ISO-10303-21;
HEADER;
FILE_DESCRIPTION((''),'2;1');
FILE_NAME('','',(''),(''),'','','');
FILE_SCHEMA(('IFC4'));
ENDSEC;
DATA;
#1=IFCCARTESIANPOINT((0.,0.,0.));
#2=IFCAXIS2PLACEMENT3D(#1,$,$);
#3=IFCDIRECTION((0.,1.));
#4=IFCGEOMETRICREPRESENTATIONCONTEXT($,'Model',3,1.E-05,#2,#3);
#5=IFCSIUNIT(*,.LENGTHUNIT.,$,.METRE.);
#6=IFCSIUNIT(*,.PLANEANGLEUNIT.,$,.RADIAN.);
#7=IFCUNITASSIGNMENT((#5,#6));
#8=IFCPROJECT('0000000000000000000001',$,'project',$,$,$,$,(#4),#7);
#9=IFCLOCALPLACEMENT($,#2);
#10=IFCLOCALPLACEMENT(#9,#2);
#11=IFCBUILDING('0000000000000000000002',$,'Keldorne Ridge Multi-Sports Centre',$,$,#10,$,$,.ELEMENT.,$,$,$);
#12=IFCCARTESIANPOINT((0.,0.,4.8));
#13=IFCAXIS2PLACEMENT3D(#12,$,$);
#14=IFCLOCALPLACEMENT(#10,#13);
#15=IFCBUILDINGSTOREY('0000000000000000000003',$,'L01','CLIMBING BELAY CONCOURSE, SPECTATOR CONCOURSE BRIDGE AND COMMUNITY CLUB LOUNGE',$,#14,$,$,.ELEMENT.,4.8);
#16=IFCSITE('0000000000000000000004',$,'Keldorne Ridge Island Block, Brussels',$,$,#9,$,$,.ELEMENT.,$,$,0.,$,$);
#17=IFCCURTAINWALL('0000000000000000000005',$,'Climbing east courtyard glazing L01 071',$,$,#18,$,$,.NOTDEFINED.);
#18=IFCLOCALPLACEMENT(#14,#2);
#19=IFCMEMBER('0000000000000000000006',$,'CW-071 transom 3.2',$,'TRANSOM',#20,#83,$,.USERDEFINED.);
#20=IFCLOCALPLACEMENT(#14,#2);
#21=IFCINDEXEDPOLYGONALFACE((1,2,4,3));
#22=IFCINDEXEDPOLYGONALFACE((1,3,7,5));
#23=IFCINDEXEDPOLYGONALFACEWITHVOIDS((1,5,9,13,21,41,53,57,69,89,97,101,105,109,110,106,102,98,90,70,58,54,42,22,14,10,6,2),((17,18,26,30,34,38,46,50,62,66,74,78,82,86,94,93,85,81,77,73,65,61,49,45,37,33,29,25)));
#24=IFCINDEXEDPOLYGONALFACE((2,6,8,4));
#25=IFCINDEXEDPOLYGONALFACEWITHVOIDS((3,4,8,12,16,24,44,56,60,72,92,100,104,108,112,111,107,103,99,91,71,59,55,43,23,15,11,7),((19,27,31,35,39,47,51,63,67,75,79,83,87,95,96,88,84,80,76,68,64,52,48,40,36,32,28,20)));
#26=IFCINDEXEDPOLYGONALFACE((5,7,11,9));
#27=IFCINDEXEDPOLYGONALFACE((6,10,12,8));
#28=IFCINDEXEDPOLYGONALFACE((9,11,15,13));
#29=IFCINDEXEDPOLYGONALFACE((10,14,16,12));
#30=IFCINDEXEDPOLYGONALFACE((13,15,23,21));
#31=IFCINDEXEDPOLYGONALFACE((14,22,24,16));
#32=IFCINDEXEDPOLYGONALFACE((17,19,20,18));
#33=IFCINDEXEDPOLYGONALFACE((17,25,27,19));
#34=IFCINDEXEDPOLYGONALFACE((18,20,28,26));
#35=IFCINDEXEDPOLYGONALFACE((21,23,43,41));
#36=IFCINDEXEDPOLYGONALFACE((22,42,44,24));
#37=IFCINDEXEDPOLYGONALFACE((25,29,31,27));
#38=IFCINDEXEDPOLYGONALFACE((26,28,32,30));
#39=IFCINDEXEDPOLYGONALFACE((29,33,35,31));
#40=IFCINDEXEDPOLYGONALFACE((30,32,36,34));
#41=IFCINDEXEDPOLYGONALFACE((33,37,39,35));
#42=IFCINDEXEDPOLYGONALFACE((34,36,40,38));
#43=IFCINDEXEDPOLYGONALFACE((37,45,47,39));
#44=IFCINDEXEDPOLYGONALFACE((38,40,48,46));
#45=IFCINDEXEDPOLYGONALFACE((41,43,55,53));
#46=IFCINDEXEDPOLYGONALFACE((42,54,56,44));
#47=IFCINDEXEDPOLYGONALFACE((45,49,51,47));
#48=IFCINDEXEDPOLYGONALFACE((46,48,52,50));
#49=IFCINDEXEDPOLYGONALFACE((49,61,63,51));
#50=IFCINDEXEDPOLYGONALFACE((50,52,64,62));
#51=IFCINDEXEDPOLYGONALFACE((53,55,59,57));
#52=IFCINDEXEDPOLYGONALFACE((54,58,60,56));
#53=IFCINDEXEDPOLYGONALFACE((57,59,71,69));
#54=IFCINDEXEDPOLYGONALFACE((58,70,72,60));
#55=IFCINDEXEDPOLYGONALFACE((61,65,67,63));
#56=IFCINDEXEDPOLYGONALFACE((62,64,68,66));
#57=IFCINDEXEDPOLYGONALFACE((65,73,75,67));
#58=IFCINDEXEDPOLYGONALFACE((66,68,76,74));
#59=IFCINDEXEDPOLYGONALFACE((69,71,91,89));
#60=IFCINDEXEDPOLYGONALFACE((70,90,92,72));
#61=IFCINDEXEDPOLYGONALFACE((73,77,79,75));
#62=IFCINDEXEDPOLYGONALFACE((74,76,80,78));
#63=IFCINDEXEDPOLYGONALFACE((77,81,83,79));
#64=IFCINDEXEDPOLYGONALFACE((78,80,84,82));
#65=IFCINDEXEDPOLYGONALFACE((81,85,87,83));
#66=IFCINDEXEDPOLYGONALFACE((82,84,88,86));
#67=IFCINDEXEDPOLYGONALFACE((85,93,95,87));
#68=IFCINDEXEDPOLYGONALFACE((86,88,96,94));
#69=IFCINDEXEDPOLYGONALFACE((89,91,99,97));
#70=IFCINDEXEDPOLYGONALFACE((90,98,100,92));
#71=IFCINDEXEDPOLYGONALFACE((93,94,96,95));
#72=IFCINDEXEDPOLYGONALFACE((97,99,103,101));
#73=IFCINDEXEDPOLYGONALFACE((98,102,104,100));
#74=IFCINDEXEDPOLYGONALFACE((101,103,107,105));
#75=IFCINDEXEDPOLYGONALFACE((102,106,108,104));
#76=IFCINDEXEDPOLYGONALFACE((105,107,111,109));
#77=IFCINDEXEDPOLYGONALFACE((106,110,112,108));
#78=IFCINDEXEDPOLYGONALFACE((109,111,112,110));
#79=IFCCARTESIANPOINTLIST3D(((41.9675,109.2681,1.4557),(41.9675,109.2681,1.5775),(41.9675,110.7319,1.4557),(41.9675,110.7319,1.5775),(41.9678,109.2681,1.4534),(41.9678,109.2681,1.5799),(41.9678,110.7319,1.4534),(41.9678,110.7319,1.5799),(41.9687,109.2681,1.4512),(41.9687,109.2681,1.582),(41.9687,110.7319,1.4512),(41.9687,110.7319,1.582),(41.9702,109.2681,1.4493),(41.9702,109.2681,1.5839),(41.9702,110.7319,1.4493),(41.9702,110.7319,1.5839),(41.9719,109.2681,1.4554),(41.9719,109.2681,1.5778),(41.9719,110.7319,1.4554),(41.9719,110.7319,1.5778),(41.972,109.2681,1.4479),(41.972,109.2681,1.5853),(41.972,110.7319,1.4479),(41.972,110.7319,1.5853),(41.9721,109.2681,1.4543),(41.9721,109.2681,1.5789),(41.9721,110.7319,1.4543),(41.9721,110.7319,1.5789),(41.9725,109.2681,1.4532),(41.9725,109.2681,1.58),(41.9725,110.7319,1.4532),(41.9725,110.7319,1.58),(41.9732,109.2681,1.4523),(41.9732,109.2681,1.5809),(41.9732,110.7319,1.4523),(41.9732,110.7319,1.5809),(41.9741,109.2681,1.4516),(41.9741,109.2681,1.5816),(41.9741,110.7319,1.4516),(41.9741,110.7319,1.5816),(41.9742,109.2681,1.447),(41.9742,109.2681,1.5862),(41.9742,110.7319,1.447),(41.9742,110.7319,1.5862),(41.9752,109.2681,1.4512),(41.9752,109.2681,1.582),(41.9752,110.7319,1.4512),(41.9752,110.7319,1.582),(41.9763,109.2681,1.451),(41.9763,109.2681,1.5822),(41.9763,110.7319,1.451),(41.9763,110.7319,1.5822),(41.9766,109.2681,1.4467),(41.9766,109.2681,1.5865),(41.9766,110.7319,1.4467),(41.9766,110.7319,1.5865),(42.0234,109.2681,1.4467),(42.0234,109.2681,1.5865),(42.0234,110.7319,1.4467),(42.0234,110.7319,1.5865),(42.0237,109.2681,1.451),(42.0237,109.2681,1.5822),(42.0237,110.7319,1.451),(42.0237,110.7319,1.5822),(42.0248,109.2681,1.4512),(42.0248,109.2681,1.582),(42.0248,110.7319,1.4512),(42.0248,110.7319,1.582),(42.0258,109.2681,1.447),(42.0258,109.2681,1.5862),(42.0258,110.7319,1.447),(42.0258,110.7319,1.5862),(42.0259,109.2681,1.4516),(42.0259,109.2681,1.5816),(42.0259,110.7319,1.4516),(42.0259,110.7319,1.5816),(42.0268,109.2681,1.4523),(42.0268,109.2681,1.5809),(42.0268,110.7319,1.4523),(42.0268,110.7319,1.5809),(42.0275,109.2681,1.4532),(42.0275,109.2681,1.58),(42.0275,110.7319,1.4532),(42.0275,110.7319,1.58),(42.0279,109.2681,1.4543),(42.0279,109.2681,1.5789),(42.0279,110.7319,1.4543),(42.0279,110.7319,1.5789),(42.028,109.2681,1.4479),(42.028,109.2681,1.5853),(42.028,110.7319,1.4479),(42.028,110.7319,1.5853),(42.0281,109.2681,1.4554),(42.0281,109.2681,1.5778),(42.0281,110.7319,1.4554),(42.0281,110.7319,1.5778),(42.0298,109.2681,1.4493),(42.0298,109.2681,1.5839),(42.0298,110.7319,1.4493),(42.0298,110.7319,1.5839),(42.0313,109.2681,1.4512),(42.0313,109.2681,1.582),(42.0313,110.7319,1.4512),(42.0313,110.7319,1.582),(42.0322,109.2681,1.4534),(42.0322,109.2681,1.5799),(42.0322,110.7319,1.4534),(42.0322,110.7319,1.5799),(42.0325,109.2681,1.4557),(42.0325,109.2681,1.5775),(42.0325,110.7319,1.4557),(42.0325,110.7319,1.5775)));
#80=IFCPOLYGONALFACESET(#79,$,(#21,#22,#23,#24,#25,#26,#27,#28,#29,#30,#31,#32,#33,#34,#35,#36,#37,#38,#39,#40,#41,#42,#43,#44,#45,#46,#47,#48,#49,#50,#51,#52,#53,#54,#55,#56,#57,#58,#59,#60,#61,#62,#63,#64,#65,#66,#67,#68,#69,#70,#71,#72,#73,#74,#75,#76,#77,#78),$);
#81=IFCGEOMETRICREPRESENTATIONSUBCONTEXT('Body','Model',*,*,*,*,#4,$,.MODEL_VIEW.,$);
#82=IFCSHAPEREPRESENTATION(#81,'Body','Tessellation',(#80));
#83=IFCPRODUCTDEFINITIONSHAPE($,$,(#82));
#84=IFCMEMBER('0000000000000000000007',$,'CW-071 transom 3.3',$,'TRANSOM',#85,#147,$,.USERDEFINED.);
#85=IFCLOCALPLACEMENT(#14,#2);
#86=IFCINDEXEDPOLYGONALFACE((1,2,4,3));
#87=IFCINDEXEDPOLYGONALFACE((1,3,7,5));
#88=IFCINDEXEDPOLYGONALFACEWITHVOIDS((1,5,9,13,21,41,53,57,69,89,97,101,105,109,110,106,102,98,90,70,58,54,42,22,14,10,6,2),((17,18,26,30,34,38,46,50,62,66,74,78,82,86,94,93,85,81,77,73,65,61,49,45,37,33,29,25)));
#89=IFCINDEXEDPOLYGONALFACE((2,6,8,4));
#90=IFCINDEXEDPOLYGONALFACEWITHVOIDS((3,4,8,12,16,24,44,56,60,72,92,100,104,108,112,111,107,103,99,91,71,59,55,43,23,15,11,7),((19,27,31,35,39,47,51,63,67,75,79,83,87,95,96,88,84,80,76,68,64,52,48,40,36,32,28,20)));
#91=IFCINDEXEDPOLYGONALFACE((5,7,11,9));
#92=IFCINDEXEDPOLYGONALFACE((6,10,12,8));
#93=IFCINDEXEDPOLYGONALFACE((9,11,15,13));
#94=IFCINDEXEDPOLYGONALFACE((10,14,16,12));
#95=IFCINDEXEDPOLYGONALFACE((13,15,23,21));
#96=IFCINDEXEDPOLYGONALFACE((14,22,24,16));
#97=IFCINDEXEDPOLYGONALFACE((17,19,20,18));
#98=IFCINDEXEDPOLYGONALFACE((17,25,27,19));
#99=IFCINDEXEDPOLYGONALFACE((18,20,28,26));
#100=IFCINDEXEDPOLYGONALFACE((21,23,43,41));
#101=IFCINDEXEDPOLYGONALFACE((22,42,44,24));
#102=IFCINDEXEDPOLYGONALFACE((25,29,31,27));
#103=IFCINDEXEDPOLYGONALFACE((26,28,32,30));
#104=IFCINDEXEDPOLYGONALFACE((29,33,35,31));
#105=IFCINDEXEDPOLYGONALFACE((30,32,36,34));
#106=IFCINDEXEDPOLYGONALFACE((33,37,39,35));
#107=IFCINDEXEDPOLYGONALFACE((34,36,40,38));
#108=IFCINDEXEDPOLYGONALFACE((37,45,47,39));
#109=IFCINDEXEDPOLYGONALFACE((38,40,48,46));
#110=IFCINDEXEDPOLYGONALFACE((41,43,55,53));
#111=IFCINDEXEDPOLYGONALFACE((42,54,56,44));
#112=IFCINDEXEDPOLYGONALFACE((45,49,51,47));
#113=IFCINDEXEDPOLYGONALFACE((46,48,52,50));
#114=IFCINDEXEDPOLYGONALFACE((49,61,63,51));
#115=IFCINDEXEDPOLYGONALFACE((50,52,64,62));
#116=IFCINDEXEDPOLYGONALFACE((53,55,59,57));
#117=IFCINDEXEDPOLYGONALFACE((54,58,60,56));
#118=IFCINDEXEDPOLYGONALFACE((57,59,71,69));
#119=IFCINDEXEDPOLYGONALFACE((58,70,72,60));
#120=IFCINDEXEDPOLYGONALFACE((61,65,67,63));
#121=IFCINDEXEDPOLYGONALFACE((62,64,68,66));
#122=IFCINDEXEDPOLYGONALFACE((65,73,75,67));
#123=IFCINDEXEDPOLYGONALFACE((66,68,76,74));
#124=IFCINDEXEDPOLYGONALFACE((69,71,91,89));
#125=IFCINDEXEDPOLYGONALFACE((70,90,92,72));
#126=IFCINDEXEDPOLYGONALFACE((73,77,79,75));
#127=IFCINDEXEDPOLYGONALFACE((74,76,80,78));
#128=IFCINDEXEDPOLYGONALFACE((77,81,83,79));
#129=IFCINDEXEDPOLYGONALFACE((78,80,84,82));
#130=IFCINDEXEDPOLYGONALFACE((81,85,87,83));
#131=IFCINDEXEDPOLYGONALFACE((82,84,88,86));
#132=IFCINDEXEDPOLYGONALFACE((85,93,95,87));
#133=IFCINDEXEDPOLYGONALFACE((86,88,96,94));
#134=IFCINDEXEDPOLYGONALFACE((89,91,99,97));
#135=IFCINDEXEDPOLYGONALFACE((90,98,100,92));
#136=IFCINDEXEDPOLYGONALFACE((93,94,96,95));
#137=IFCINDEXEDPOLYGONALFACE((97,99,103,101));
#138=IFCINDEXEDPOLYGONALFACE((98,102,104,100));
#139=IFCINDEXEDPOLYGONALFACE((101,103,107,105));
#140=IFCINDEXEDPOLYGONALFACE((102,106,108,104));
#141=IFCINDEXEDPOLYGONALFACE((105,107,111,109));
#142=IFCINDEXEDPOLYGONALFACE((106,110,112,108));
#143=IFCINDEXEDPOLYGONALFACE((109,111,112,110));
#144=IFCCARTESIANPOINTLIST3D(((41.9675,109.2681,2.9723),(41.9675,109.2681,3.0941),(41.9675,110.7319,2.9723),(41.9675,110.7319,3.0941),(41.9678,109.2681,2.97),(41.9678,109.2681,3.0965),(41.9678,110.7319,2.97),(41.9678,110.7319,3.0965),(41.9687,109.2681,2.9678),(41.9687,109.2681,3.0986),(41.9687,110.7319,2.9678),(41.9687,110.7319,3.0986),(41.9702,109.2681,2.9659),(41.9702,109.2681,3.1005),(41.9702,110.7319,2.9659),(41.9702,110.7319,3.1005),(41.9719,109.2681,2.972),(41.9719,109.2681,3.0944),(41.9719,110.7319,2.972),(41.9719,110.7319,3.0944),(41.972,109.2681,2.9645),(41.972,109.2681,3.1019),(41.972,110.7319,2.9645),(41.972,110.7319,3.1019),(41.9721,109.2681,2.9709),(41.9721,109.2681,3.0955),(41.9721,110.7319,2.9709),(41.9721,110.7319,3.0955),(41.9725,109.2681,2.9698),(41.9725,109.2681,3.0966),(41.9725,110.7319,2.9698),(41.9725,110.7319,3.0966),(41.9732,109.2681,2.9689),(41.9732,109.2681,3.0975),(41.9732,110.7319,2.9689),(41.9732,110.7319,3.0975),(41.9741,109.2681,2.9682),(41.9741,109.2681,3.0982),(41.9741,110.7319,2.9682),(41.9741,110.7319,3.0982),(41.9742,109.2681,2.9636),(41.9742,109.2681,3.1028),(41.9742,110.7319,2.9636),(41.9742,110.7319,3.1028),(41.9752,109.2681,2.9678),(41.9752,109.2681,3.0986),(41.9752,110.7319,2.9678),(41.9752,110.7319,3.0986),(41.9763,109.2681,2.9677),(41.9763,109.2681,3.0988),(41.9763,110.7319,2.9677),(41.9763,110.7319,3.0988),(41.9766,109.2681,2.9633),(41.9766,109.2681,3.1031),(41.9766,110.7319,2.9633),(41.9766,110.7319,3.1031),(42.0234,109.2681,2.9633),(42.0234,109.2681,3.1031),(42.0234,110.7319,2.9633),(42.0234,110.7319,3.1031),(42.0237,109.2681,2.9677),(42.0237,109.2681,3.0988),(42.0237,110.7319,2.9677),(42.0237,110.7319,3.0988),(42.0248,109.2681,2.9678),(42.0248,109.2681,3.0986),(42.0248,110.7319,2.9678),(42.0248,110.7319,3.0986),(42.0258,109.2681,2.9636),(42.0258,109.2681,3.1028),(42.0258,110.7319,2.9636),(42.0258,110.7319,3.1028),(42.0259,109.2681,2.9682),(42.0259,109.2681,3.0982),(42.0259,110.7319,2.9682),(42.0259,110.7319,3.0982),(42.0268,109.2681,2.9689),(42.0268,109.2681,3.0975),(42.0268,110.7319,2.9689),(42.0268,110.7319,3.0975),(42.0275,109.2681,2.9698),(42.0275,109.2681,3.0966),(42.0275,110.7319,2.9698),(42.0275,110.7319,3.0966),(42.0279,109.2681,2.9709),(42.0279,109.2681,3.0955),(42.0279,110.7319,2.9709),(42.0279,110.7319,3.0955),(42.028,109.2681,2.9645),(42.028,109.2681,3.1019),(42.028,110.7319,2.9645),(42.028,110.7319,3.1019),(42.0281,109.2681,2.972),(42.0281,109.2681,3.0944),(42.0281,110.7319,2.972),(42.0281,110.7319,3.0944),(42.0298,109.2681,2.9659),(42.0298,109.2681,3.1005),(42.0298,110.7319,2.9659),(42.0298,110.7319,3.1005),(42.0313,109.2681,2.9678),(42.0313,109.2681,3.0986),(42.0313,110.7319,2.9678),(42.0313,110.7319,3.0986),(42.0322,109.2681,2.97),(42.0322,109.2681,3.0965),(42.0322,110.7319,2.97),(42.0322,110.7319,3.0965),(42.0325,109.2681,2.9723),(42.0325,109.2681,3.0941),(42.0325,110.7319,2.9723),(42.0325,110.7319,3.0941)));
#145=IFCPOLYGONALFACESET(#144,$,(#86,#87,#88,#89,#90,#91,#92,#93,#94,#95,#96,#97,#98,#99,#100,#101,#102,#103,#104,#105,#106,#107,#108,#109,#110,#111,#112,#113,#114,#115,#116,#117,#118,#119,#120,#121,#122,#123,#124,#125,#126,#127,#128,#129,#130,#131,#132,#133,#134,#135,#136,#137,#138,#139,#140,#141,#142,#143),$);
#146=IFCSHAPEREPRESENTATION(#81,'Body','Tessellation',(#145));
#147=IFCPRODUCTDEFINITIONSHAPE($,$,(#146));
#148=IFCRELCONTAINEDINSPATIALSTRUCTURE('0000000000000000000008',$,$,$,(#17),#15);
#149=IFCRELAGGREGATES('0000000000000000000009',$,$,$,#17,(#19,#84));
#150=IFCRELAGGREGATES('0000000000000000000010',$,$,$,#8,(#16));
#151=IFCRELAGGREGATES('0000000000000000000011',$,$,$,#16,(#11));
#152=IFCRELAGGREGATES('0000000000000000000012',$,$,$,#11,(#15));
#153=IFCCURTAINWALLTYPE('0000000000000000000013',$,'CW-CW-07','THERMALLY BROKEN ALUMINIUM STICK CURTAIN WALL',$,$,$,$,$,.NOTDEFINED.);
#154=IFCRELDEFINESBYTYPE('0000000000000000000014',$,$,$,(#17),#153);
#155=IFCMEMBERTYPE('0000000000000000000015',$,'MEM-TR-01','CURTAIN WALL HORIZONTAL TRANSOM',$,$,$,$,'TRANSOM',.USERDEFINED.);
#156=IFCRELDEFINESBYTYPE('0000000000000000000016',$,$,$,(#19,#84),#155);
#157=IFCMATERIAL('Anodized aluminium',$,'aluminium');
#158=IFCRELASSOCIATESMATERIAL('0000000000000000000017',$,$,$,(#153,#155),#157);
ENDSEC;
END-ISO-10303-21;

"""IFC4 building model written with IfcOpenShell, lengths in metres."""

from ifc_helpers import new_model, si_unit, direction, frame, origin, origin_2d, place, context, subcontext, project, spatial, hollow_rectangle, extrude, material, material_profile, profile_set, type_object, element, aggregate, save


model = new_model("IFC4")

# Units and contexts
model_context = context("Model", 3, precision=1e-05, world=origin(), true_north=direction((0.0, 1.0)))
body_context = subcontext(model_context, "Body", "Model", "MODEL_VIEW")
ifc_project = project(units=[si_unit("LENGTHUNIT", "METRE"), si_unit("PLANEANGLEUNIT", "RADIAN")], contexts=[model_context])

# Site, building, storey
site_placement = place(None, origin())
site = spatial("IfcSite", under=ifc_project, at=site_placement, Name="Keldorne Ridge Island Block, Brussels", CompositionType="ELEMENT", RefElevation=0.0)
building_placement = place(site_placement, origin())
building = spatial("IfcBuilding", under=site, at=building_placement, Name="Keldorne Ridge Multi-Sports Centre", CompositionType="ELEMENT")
storey_placement = place(building_placement, frame((0.0, 0.0, 4.8)))
storey = spatial("IfcBuildingStorey", under=building, at=storey_placement, Name="L01", Description="CLIMBING BELAY CONCOURSE, SPECTATOR CONCOURSE BRIDGE AND COMMUNITY CLUB LOUNGE", CompositionType="ELEMENT", Elevation=4.8)

# Curtain wall
ifc_material_1 = material(Name="Anodized aluminium", Category="aluminium")
curtain_wall_type_1 = type_object("IfcCurtainWallType", Name="CW-CW-07", Description="THERMALLY BROKEN ALUMINIUM STICK CURTAIN WALL", PredefinedType="NOTDEFINED", material=ifc_material_1)
curtain_wall_1_placement = place(storey_placement, origin())
curtain_wall_1 = element("IfcCurtainWall", 1, at=curtain_wall_1_placement, inside=storey, type_object=curtain_wall_type_1, Name="Climbing east courtyard glazing L01 071", PredefinedType="NOTDEFINED")

# Members
ifc_material_profile_1 = material_profile(ifc_material_1, hollow_rectangle(XDim=0.0649, YDim=0.1399, WallThickness=0.0044, InnerFilletRadius=0.0044, OuterFilletRadius=0.009, at=origin_2d()), Name="ALU TRANSOM 140x65x4.5")
ifc_profile_set_1 = profile_set([ifc_material_profile_1], Name="Anodized aluminium")
member_type_1 = type_object("IfcMemberType", Name="MEM-TR-01", Description="CURTAIN WALL HORIZONTAL TRANSOM", ElementType="TRANSOM", PredefinedType="USERDEFINED", material=ifc_profile_set_1)
member_1_placement = place(storey_placement, frame((42.0, 109.2681, 1.5166), z_axis=(0.0, 1.0, 0.0), x_axis=(-1.0, 0.0, 0.0)))
member_1 = element("IfcMember", 2, at=member_1_placement, type_object=member_type_1, Name="CW-071 transom 3.2", ObjectType="TRANSOM", PredefinedType="USERDEFINED", context=body_context, shape_type="SweptSolid", body=[
    extrude(hollow_rectangle(XDim=0.0649, YDim=0.1399, WallThickness=0.0044, InnerFilletRadius=0.0044, OuterFilletRadius=0.009, at=origin_2d()), origin(), (0.0, 0.0, 1.0), 1.4639),
])
member_2_placement = place(storey_placement, frame((42.0, 109.2681, 3.0332), z_axis=(0.0, 1.0, 0.0), x_axis=(-1.0, 0.0, 0.0)))
member_2 = element("IfcMember", 3, at=member_2_placement, type_object=member_type_1, Name="CW-071 transom 3.3", ObjectType="TRANSOM", PredefinedType="USERDEFINED", context=body_context, shape_type="SweptSolid", body=[
    extrude(hollow_rectangle(XDim=0.0649, YDim=0.1399, WallThickness=0.0044, InnerFilletRadius=0.0044, OuterFilletRadius=0.009, at=origin_2d()), origin(), (0.0, 0.0, 1.0), 1.4639),
])

aggregate(curtain_wall_1, [member_1, member_2])

save(model, "model.ifc")
